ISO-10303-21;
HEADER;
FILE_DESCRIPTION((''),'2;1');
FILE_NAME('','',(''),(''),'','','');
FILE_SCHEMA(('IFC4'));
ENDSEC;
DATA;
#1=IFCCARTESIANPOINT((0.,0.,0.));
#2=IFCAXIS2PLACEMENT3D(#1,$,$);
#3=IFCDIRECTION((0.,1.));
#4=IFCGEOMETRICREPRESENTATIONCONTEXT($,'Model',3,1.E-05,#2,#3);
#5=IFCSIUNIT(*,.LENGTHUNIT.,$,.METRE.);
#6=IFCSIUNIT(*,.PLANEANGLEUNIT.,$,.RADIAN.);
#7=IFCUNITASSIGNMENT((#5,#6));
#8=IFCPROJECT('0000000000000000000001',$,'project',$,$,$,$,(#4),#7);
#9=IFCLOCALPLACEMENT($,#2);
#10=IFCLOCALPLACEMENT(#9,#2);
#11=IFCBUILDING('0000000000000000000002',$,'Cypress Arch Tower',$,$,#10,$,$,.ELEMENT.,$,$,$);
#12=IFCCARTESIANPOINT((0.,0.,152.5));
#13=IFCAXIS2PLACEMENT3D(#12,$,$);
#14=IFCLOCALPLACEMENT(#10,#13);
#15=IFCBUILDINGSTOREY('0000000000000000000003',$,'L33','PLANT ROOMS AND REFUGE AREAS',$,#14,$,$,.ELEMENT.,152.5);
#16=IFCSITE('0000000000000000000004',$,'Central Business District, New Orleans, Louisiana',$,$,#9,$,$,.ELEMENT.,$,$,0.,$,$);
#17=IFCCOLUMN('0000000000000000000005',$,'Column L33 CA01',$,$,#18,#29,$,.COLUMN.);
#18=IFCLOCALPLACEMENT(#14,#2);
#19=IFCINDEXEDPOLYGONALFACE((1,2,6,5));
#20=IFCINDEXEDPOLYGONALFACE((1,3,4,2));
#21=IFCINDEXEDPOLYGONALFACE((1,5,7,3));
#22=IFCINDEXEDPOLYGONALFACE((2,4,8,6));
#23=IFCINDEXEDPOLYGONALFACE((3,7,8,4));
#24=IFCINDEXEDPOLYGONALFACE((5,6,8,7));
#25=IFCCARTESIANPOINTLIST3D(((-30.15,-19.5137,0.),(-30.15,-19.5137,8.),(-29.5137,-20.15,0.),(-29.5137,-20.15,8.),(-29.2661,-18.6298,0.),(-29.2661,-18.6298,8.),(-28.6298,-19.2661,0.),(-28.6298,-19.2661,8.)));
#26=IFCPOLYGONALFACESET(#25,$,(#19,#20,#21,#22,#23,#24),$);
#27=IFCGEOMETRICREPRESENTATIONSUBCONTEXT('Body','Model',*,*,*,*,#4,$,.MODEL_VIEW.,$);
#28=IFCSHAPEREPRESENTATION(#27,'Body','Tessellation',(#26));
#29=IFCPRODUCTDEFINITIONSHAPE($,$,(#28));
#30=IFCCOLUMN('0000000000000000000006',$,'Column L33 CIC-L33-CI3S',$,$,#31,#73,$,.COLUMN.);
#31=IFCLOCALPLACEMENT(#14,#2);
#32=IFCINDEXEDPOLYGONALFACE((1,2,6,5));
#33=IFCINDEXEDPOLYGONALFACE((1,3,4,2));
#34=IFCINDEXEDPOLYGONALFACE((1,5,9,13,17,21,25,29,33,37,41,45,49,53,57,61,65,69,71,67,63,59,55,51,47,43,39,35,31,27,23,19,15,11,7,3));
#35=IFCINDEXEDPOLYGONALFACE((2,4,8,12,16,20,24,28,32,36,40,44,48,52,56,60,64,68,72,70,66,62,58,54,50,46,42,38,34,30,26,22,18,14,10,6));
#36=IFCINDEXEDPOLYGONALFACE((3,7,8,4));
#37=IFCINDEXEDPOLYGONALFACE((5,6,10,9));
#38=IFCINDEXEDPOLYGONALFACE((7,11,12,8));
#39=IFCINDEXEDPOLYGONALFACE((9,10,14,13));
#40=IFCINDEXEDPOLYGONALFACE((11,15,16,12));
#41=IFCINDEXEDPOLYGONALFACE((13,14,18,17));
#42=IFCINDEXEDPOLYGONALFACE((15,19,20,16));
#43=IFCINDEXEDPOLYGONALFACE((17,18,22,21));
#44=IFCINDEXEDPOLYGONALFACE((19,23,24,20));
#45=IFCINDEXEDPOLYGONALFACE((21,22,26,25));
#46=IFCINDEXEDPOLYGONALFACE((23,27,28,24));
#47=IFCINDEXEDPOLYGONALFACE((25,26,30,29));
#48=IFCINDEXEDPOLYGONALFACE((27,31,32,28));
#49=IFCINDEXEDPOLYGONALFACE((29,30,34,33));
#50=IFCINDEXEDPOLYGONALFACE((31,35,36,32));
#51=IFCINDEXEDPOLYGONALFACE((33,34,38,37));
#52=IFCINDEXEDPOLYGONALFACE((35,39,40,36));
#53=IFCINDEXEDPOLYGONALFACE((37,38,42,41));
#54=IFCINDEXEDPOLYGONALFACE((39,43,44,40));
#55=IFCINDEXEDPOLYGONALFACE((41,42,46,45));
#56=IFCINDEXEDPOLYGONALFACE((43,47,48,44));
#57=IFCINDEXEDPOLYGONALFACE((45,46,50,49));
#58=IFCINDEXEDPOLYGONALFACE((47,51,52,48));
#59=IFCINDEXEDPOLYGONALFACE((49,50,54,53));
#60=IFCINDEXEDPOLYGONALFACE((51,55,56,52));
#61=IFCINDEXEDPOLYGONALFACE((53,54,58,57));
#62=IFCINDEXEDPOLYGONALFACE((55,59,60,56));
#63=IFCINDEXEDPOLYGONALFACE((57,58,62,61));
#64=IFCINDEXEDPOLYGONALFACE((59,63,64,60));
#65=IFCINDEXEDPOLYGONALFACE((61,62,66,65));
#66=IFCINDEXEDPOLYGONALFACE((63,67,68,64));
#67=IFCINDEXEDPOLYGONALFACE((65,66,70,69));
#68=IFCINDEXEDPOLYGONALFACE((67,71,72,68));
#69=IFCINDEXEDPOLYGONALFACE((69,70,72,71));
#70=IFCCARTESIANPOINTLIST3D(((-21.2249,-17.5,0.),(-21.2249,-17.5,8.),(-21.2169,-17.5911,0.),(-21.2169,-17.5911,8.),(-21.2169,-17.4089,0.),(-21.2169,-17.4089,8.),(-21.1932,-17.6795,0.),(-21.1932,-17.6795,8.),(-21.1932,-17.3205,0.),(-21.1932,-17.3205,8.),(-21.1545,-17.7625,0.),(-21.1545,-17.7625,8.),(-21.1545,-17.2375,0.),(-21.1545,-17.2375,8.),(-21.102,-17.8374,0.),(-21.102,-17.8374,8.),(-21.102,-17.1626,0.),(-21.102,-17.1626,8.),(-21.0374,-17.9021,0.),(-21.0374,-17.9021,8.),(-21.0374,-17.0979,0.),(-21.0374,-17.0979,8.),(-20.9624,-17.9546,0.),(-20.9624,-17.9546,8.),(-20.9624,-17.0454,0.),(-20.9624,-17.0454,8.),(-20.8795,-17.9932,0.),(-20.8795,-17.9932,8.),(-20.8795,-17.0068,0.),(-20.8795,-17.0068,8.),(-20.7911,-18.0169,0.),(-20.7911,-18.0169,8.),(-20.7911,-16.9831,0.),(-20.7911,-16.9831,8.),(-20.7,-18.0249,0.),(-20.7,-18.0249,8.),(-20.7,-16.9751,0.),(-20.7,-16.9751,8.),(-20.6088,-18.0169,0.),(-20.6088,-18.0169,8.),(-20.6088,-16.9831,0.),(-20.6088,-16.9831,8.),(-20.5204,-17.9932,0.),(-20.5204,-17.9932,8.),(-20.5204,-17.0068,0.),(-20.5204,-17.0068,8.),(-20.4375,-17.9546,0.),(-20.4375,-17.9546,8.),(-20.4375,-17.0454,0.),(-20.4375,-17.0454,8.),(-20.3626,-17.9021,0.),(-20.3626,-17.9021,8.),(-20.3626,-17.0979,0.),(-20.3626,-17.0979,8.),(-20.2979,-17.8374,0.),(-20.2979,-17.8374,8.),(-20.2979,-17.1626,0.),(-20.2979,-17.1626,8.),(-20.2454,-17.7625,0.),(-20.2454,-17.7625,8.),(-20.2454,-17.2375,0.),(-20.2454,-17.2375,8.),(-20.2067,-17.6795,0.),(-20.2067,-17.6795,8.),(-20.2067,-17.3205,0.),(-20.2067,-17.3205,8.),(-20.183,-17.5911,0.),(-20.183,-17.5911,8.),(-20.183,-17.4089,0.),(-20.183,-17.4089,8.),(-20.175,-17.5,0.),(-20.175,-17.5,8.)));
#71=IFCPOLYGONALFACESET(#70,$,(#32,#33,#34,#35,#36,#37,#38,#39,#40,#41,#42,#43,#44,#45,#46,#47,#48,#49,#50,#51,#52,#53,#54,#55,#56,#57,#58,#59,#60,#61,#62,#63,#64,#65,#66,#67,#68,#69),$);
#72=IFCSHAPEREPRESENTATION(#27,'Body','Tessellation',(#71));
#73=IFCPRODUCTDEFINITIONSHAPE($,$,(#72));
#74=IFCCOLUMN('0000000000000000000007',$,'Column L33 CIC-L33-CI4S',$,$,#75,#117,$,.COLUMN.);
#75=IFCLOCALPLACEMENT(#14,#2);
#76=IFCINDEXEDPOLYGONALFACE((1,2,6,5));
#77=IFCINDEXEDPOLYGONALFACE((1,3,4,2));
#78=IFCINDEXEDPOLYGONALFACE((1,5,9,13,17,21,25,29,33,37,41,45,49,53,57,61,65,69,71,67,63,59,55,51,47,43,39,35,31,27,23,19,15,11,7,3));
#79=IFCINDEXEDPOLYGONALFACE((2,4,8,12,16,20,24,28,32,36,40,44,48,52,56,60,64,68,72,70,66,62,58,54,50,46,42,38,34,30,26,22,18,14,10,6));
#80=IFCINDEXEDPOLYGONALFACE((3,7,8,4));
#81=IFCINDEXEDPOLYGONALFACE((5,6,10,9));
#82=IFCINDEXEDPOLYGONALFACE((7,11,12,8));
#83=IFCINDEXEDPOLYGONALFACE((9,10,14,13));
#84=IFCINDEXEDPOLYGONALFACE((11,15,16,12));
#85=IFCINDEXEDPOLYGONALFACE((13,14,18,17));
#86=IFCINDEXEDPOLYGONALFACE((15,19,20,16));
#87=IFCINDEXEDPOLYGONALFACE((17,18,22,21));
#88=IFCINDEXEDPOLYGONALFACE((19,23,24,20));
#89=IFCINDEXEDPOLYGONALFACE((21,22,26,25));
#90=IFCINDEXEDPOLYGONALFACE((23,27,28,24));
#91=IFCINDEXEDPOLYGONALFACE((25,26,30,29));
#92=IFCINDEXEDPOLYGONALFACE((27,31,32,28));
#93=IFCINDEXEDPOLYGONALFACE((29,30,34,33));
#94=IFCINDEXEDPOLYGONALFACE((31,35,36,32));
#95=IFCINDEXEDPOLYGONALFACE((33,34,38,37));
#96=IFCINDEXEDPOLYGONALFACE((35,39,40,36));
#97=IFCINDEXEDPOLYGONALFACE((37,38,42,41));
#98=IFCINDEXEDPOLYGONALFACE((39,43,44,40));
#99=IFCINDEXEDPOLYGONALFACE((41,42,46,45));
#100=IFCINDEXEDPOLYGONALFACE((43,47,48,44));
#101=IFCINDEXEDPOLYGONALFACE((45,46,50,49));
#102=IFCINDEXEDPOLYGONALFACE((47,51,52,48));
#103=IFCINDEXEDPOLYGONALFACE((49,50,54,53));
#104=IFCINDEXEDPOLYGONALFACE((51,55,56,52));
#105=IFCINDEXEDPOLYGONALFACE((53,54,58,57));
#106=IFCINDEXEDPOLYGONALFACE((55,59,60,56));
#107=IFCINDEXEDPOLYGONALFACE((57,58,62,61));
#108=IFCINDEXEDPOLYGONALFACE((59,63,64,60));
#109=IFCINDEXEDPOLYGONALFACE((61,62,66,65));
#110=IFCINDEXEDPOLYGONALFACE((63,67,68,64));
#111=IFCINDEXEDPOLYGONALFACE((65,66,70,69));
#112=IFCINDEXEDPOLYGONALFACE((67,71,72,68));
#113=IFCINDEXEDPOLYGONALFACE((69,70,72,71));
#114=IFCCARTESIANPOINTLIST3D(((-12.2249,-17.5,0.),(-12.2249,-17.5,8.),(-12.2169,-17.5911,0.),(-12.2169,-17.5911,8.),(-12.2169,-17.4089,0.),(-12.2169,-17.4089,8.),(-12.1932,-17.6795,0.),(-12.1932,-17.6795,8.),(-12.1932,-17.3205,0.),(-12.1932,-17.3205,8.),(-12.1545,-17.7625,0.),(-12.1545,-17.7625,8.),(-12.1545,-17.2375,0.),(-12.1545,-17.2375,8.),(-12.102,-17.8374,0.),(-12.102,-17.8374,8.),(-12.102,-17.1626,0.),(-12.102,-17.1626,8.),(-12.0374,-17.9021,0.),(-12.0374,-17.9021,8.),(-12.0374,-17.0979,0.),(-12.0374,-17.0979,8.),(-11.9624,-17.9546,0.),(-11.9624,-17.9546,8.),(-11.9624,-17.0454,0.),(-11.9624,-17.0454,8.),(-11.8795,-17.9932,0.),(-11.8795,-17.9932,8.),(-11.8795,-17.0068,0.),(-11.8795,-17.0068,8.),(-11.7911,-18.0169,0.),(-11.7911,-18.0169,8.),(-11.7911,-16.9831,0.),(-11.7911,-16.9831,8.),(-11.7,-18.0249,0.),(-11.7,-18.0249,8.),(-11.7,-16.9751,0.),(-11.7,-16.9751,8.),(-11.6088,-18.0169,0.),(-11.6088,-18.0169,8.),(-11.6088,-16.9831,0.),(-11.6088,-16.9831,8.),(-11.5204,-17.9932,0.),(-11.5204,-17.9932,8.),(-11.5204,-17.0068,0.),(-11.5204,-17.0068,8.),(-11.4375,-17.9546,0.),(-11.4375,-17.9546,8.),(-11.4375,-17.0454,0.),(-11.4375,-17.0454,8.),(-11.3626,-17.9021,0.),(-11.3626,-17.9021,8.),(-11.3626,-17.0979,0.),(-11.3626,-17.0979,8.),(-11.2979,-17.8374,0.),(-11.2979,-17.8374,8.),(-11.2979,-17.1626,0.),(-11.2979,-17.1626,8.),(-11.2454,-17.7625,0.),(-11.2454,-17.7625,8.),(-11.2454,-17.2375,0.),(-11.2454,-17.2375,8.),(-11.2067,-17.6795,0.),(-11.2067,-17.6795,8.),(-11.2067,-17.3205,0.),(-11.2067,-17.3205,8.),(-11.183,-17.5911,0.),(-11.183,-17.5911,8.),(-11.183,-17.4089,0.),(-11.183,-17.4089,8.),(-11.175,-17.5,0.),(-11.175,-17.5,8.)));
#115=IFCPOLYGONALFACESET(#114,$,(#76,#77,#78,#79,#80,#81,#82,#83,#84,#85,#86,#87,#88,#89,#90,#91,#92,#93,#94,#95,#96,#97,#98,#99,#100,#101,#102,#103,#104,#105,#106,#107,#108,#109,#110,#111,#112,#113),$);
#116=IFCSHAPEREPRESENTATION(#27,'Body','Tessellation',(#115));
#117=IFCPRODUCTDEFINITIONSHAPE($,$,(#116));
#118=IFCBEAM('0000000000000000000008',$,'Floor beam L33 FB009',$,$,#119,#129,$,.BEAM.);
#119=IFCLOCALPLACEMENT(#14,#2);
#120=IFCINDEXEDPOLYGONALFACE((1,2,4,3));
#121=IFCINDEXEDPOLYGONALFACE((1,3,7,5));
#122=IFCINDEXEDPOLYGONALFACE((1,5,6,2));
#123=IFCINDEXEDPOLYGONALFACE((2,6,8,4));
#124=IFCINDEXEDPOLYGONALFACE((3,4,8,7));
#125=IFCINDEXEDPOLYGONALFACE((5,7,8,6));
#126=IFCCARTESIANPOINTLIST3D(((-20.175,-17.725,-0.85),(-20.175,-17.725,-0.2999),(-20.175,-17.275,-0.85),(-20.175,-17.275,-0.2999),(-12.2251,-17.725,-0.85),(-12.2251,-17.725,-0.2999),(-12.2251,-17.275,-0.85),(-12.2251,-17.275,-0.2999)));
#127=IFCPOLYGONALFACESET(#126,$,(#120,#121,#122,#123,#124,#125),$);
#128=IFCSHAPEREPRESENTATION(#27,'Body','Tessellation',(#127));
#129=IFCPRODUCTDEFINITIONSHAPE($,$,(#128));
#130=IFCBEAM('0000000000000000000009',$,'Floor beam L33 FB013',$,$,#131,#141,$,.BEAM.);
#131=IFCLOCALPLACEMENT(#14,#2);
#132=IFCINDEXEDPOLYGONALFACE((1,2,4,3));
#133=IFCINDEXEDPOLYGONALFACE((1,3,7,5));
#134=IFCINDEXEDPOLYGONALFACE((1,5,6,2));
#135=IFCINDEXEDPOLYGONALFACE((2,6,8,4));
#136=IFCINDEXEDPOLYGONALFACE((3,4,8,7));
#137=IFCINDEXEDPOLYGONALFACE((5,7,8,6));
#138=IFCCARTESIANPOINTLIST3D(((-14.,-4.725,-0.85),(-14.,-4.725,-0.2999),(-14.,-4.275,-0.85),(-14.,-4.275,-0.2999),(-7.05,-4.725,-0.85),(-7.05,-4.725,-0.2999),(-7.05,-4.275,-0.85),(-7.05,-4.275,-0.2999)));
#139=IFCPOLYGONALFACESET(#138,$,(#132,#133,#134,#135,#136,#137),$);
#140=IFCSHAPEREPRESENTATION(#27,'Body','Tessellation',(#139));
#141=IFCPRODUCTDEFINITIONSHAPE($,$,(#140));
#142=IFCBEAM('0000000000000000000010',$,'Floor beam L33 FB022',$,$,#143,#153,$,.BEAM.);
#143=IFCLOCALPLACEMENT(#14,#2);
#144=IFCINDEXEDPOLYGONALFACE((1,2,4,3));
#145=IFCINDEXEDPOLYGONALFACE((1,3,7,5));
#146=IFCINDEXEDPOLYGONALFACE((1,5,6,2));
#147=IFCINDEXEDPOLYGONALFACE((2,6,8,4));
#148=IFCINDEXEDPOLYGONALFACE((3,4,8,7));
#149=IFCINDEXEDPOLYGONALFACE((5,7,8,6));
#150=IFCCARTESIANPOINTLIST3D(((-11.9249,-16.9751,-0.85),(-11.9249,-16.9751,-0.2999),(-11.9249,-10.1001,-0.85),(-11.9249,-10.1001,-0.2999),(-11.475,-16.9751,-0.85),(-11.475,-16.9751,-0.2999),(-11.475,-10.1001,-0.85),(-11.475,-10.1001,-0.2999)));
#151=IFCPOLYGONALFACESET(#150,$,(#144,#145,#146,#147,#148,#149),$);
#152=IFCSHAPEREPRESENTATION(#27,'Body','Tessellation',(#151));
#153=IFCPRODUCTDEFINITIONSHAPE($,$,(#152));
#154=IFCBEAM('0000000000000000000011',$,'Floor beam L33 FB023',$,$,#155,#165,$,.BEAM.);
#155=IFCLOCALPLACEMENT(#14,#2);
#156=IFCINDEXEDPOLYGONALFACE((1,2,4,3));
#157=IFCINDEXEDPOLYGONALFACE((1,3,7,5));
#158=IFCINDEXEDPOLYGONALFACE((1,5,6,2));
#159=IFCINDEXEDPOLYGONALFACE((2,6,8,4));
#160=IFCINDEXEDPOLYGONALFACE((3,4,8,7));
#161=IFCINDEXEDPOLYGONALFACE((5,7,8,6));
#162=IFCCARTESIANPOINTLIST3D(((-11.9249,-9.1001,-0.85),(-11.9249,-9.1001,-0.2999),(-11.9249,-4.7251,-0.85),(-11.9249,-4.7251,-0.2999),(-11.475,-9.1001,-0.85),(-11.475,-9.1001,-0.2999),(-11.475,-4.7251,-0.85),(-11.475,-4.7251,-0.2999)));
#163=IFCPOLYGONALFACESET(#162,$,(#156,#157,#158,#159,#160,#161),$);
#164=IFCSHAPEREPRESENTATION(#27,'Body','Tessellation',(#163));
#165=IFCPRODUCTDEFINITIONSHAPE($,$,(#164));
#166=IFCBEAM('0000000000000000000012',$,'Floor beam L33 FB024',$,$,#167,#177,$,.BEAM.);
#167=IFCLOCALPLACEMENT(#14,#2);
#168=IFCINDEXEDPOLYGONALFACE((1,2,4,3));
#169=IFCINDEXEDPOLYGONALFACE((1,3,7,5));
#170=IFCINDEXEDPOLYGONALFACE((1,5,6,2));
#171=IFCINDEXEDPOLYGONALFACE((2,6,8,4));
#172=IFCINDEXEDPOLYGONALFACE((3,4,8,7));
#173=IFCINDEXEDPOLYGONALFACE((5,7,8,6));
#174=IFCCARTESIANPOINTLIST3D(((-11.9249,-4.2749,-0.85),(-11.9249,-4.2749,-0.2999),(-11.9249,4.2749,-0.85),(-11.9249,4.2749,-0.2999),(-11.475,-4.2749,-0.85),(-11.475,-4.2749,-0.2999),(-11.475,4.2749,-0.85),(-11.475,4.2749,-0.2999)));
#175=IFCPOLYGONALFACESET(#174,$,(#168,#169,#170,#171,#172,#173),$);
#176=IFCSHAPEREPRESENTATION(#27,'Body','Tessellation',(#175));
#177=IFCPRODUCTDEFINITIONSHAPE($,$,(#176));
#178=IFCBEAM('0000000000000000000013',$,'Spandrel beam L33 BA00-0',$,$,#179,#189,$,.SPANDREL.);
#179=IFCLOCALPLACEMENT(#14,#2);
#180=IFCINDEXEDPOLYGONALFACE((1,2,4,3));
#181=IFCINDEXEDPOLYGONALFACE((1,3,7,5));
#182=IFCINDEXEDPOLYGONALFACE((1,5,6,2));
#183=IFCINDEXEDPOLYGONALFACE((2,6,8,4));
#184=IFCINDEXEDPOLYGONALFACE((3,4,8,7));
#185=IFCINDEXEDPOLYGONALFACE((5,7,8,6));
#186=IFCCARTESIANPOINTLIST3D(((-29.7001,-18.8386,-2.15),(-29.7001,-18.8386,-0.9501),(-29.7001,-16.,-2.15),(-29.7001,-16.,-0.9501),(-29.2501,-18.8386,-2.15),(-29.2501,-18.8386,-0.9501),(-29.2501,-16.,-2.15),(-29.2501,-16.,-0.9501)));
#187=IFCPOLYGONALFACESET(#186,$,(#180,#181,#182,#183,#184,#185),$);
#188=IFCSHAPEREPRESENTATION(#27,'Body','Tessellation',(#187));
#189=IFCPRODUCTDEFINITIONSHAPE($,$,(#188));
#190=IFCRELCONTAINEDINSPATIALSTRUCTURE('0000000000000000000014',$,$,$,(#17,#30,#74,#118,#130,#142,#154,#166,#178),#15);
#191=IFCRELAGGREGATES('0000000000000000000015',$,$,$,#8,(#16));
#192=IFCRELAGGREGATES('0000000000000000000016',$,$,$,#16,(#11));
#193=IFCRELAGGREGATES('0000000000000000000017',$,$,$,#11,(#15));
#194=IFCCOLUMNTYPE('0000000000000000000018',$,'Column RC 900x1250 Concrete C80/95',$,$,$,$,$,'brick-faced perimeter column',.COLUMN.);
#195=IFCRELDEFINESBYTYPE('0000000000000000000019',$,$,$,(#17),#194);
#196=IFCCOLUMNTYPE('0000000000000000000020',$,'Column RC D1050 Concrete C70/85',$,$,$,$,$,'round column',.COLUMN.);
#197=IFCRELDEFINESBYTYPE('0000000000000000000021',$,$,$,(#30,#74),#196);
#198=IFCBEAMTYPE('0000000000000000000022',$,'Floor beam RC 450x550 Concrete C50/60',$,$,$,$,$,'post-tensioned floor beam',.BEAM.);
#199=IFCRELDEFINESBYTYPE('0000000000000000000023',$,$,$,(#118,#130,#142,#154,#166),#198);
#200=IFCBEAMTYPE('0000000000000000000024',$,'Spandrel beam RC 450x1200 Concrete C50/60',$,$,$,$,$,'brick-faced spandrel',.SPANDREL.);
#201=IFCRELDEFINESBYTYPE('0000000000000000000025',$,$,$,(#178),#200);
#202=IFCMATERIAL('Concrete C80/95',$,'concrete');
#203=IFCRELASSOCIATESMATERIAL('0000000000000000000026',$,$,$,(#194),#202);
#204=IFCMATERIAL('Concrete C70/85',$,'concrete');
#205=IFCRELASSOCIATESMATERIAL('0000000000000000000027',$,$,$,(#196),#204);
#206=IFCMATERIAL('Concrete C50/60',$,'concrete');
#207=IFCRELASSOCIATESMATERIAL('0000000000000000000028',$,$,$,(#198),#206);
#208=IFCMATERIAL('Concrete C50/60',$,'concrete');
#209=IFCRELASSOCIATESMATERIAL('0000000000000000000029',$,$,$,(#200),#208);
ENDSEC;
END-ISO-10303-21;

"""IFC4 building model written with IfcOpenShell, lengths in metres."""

from ifc_helpers import new_model, si_unit, direction, frame, origin, origin_2d, place, context, subcontext, project, spatial, rectangle, circle, extrude, material, material_profile, profile_set, type_object, element, save


model = new_model("IFC4")

# Units and contexts
model_context = context("Model", 3, precision=1e-05, world=origin(), true_north=direction((0.0, 1.0)))
body_context = subcontext(model_context, "Body", "Model", "MODEL_VIEW")
ifc_project = project(units=[si_unit("LENGTHUNIT", "METRE"), si_unit("PLANEANGLEUNIT", "RADIAN")], contexts=[model_context])

# Site, building, storey
site_placement = place(None, origin())
site = spatial("IfcSite", under=ifc_project, at=site_placement, Name="Central Business District, New Orleans, Louisiana", CompositionType="ELEMENT", RefElevation=0.0)
building_placement = place(site_placement, origin())
building = spatial("IfcBuilding", under=site, at=building_placement, Name="Cypress Arch Tower", CompositionType="ELEMENT")
storey_placement = place(building_placement, frame((0.0, 0.0, 152.5)))
storey = spatial("IfcBuildingStorey", under=building, at=storey_placement, Name="L33", Description="PLANT ROOMS AND REFUGE AREAS", CompositionType="ELEMENT", Elevation=152.5)

# Columns
ifc_material_1 = material(Name="Concrete C80/95", Category="concrete")
ifc_material_profile_1 = material_profile(ifc_material_1, rectangle(XDim=0.8999, YDim=1.25, at=origin_2d()), Name="RC 900x1250")
ifc_profile_set_1 = profile_set([ifc_material_profile_1], Name="Concrete C80/95")
column_type_1 = type_object("IfcColumnType", Name="Column RC 900x1250 Concrete C80/95", ElementType="brick-faced perimeter column", PredefinedType="COLUMN", material=ifc_profile_set_1)
column_placement = place(storey_placement, frame((-29.3899, -19.3899, 0.0), z_axis=(0.0, 0.0, 1.0), x_axis=(0.707107, -0.707107, 0.0)))
element("IfcColumn", 1, at=column_placement, inside=storey, type_object=column_type_1, Name="Column L33 CA01", PredefinedType="COLUMN", context=body_context, shape_type="SweptSolid", body=[
    extrude(rectangle(XDim=0.8999, YDim=1.25, at=origin_2d()), origin(), (0.0, 0.0, 1.0), 8.0),
])
ifc_material_2 = material(Name="Concrete C70/85", Category="concrete")
ifc_material_profile_2 = material_profile(ifc_material_2, circle(Radius=0.5249, at=origin_2d()), Name="RC D1050")
ifc_profile_set_2 = profile_set([ifc_material_profile_2], Name="Concrete C70/85")
column_type_2 = type_object("IfcColumnType", Name="Column RC D1050 Concrete C70/85", ElementType="round column", PredefinedType="COLUMN", material=ifc_profile_set_2)
for number, where, z_axis, x_axis, name in (
    (2, (-20.7, -17.5, 0.0), (0.0, 0.0, 1.0), (1.0, 0.0, 0.0), "Column L33 CIC-L33-CI3S"),
    (3, (-11.7, -17.5, 0.0), (0.0, 0.0, 1.0), (1.0, 0.0, 0.0), "Column L33 CIC-L33-CI4S"),
):
    element("IfcColumn", number, at=place(storey_placement, frame(where, z_axis=z_axis, x_axis=x_axis)), inside=storey, type_object=column_type_2, Name=name, PredefinedType="COLUMN", context=body_context, shape_type="SweptSolid", body=[
        extrude(circle(Radius=0.5249, at=origin_2d()), origin(), (0.0, 0.0, 1.0), 8.0),
    ])

# Beams
ifc_material_3 = material(Name="Concrete C50/60", Category="concrete")
ifc_material_profile_3 = material_profile(ifc_material_3, rectangle(XDim=0.45, YDim=0.55, at=origin_2d()), Name="RC 450x550")
ifc_profile_set_3 = profile_set([ifc_material_profile_3], Name="Concrete C50/60")
beam_type_1 = type_object("IfcBeamType", Name="Floor beam RC 450x550 Concrete C50/60", ElementType="post-tensioned floor beam", PredefinedType="BEAM", material=ifc_profile_set_3)
beam_1_placement = place(storey_placement, frame((-20.175, -17.5, -0.575), z_axis=(1.0, 0.0, 0.0), x_axis=(0.0, 1.0, 0.0)))
element("IfcBeam", 4, at=beam_1_placement, inside=storey, type_object=beam_type_1, Name="Floor beam L33 FB009", PredefinedType="BEAM", context=body_context, shape_type="SweptSolid", body=[
    extrude(rectangle(XDim=0.45, YDim=0.55, at=origin_2d()), origin(), (0.0, 0.0, 1.0), 7.95),
])
beam_2_placement = place(storey_placement, frame((-14.0, -4.5, -0.575), z_axis=(1.0, 0.0, 0.0), x_axis=(0.0, 1.0, 0.0)))
element("IfcBeam", 5, at=beam_2_placement, inside=storey, type_object=beam_type_1, Name="Floor beam L33 FB013", PredefinedType="BEAM", context=body_context, shape_type="SweptSolid", body=[
    extrude(rectangle(XDim=0.45, YDim=0.55, at=origin_2d()), origin(), (0.0, 0.0, 1.0), 6.95),
])
beam_3_placement = place(storey_placement, frame((-11.7, -16.9751, -0.575), z_axis=(0.0, 1.0, 0.0), x_axis=(-1.0, 0.0, 0.0)))
element("IfcBeam", 6, at=beam_3_placement, inside=storey, type_object=beam_type_1, Name="Floor beam L33 FB022", PredefinedType="BEAM", context=body_context, shape_type="SweptSolid", body=[
    extrude(rectangle(XDim=0.45, YDim=0.55, at=origin_2d()), origin(), (0.0, 0.0, 1.0), 6.875),
])
beam_4_placement = place(storey_placement, frame((-11.7, -9.1001, -0.575), z_axis=(0.0, 1.0, 0.0), x_axis=(-1.0, 0.0, 0.0)))
element("IfcBeam", 7, at=beam_4_placement, inside=storey, type_object=beam_type_1, Name="Floor beam L33 FB023", PredefinedType="BEAM", context=body_context, shape_type="SweptSolid", body=[
    extrude(rectangle(XDim=0.45, YDim=0.55, at=origin_2d()), origin(), (0.0, 0.0, 1.0), 4.375),
])
beam_5_placement = place(storey_placement, frame((-11.7, -4.2749, -0.575), z_axis=(0.0, 1.0, 0.0), x_axis=(-1.0, 0.0, 0.0)))
element("IfcBeam", 8, at=beam_5_placement, inside=storey, type_object=beam_type_1, Name="Floor beam L33 FB024", PredefinedType="BEAM", context=body_context, shape_type="SweptSolid", body=[
    extrude(rectangle(XDim=0.45, YDim=0.55, at=origin_2d()), origin(), (0.0, 0.0, 1.0), 8.5498),
])
ifc_material_4 = material(Name="Concrete C50/60", Category="concrete")
ifc_material_profile_4 = material_profile(ifc_material_4, rectangle(XDim=0.45, YDim=1.2, at=origin_2d()), Name="RC 450x1200")
ifc_profile_set_4 = profile_set([ifc_material_profile_4], Name="Concrete C50/60")
beam_type_2 = type_object("IfcBeamType", Name="Spandrel beam RC 450x1200 Concrete C50/60", ElementType="brick-faced spandrel", PredefinedType="SPANDREL", material=ifc_profile_set_4)
beam_6_placement = place(storey_placement, frame((-29.4751, -16.0, -1.55), z_axis=(0.0, -1.0, 0.0), x_axis=(1.0, 0.0, 0.0)))
element("IfcBeam", 9, at=beam_6_placement, inside=storey, type_object=beam_type_2, Name="Spandrel beam L33 BA00-0", PredefinedType="SPANDREL", context=body_context, shape_type="SweptSolid", body=[
    extrude(rectangle(XDim=0.45, YDim=1.2, at=origin_2d()), origin(), (0.0, 0.0, 1.0), 2.8386),
])

save(model, "model.ifc")
